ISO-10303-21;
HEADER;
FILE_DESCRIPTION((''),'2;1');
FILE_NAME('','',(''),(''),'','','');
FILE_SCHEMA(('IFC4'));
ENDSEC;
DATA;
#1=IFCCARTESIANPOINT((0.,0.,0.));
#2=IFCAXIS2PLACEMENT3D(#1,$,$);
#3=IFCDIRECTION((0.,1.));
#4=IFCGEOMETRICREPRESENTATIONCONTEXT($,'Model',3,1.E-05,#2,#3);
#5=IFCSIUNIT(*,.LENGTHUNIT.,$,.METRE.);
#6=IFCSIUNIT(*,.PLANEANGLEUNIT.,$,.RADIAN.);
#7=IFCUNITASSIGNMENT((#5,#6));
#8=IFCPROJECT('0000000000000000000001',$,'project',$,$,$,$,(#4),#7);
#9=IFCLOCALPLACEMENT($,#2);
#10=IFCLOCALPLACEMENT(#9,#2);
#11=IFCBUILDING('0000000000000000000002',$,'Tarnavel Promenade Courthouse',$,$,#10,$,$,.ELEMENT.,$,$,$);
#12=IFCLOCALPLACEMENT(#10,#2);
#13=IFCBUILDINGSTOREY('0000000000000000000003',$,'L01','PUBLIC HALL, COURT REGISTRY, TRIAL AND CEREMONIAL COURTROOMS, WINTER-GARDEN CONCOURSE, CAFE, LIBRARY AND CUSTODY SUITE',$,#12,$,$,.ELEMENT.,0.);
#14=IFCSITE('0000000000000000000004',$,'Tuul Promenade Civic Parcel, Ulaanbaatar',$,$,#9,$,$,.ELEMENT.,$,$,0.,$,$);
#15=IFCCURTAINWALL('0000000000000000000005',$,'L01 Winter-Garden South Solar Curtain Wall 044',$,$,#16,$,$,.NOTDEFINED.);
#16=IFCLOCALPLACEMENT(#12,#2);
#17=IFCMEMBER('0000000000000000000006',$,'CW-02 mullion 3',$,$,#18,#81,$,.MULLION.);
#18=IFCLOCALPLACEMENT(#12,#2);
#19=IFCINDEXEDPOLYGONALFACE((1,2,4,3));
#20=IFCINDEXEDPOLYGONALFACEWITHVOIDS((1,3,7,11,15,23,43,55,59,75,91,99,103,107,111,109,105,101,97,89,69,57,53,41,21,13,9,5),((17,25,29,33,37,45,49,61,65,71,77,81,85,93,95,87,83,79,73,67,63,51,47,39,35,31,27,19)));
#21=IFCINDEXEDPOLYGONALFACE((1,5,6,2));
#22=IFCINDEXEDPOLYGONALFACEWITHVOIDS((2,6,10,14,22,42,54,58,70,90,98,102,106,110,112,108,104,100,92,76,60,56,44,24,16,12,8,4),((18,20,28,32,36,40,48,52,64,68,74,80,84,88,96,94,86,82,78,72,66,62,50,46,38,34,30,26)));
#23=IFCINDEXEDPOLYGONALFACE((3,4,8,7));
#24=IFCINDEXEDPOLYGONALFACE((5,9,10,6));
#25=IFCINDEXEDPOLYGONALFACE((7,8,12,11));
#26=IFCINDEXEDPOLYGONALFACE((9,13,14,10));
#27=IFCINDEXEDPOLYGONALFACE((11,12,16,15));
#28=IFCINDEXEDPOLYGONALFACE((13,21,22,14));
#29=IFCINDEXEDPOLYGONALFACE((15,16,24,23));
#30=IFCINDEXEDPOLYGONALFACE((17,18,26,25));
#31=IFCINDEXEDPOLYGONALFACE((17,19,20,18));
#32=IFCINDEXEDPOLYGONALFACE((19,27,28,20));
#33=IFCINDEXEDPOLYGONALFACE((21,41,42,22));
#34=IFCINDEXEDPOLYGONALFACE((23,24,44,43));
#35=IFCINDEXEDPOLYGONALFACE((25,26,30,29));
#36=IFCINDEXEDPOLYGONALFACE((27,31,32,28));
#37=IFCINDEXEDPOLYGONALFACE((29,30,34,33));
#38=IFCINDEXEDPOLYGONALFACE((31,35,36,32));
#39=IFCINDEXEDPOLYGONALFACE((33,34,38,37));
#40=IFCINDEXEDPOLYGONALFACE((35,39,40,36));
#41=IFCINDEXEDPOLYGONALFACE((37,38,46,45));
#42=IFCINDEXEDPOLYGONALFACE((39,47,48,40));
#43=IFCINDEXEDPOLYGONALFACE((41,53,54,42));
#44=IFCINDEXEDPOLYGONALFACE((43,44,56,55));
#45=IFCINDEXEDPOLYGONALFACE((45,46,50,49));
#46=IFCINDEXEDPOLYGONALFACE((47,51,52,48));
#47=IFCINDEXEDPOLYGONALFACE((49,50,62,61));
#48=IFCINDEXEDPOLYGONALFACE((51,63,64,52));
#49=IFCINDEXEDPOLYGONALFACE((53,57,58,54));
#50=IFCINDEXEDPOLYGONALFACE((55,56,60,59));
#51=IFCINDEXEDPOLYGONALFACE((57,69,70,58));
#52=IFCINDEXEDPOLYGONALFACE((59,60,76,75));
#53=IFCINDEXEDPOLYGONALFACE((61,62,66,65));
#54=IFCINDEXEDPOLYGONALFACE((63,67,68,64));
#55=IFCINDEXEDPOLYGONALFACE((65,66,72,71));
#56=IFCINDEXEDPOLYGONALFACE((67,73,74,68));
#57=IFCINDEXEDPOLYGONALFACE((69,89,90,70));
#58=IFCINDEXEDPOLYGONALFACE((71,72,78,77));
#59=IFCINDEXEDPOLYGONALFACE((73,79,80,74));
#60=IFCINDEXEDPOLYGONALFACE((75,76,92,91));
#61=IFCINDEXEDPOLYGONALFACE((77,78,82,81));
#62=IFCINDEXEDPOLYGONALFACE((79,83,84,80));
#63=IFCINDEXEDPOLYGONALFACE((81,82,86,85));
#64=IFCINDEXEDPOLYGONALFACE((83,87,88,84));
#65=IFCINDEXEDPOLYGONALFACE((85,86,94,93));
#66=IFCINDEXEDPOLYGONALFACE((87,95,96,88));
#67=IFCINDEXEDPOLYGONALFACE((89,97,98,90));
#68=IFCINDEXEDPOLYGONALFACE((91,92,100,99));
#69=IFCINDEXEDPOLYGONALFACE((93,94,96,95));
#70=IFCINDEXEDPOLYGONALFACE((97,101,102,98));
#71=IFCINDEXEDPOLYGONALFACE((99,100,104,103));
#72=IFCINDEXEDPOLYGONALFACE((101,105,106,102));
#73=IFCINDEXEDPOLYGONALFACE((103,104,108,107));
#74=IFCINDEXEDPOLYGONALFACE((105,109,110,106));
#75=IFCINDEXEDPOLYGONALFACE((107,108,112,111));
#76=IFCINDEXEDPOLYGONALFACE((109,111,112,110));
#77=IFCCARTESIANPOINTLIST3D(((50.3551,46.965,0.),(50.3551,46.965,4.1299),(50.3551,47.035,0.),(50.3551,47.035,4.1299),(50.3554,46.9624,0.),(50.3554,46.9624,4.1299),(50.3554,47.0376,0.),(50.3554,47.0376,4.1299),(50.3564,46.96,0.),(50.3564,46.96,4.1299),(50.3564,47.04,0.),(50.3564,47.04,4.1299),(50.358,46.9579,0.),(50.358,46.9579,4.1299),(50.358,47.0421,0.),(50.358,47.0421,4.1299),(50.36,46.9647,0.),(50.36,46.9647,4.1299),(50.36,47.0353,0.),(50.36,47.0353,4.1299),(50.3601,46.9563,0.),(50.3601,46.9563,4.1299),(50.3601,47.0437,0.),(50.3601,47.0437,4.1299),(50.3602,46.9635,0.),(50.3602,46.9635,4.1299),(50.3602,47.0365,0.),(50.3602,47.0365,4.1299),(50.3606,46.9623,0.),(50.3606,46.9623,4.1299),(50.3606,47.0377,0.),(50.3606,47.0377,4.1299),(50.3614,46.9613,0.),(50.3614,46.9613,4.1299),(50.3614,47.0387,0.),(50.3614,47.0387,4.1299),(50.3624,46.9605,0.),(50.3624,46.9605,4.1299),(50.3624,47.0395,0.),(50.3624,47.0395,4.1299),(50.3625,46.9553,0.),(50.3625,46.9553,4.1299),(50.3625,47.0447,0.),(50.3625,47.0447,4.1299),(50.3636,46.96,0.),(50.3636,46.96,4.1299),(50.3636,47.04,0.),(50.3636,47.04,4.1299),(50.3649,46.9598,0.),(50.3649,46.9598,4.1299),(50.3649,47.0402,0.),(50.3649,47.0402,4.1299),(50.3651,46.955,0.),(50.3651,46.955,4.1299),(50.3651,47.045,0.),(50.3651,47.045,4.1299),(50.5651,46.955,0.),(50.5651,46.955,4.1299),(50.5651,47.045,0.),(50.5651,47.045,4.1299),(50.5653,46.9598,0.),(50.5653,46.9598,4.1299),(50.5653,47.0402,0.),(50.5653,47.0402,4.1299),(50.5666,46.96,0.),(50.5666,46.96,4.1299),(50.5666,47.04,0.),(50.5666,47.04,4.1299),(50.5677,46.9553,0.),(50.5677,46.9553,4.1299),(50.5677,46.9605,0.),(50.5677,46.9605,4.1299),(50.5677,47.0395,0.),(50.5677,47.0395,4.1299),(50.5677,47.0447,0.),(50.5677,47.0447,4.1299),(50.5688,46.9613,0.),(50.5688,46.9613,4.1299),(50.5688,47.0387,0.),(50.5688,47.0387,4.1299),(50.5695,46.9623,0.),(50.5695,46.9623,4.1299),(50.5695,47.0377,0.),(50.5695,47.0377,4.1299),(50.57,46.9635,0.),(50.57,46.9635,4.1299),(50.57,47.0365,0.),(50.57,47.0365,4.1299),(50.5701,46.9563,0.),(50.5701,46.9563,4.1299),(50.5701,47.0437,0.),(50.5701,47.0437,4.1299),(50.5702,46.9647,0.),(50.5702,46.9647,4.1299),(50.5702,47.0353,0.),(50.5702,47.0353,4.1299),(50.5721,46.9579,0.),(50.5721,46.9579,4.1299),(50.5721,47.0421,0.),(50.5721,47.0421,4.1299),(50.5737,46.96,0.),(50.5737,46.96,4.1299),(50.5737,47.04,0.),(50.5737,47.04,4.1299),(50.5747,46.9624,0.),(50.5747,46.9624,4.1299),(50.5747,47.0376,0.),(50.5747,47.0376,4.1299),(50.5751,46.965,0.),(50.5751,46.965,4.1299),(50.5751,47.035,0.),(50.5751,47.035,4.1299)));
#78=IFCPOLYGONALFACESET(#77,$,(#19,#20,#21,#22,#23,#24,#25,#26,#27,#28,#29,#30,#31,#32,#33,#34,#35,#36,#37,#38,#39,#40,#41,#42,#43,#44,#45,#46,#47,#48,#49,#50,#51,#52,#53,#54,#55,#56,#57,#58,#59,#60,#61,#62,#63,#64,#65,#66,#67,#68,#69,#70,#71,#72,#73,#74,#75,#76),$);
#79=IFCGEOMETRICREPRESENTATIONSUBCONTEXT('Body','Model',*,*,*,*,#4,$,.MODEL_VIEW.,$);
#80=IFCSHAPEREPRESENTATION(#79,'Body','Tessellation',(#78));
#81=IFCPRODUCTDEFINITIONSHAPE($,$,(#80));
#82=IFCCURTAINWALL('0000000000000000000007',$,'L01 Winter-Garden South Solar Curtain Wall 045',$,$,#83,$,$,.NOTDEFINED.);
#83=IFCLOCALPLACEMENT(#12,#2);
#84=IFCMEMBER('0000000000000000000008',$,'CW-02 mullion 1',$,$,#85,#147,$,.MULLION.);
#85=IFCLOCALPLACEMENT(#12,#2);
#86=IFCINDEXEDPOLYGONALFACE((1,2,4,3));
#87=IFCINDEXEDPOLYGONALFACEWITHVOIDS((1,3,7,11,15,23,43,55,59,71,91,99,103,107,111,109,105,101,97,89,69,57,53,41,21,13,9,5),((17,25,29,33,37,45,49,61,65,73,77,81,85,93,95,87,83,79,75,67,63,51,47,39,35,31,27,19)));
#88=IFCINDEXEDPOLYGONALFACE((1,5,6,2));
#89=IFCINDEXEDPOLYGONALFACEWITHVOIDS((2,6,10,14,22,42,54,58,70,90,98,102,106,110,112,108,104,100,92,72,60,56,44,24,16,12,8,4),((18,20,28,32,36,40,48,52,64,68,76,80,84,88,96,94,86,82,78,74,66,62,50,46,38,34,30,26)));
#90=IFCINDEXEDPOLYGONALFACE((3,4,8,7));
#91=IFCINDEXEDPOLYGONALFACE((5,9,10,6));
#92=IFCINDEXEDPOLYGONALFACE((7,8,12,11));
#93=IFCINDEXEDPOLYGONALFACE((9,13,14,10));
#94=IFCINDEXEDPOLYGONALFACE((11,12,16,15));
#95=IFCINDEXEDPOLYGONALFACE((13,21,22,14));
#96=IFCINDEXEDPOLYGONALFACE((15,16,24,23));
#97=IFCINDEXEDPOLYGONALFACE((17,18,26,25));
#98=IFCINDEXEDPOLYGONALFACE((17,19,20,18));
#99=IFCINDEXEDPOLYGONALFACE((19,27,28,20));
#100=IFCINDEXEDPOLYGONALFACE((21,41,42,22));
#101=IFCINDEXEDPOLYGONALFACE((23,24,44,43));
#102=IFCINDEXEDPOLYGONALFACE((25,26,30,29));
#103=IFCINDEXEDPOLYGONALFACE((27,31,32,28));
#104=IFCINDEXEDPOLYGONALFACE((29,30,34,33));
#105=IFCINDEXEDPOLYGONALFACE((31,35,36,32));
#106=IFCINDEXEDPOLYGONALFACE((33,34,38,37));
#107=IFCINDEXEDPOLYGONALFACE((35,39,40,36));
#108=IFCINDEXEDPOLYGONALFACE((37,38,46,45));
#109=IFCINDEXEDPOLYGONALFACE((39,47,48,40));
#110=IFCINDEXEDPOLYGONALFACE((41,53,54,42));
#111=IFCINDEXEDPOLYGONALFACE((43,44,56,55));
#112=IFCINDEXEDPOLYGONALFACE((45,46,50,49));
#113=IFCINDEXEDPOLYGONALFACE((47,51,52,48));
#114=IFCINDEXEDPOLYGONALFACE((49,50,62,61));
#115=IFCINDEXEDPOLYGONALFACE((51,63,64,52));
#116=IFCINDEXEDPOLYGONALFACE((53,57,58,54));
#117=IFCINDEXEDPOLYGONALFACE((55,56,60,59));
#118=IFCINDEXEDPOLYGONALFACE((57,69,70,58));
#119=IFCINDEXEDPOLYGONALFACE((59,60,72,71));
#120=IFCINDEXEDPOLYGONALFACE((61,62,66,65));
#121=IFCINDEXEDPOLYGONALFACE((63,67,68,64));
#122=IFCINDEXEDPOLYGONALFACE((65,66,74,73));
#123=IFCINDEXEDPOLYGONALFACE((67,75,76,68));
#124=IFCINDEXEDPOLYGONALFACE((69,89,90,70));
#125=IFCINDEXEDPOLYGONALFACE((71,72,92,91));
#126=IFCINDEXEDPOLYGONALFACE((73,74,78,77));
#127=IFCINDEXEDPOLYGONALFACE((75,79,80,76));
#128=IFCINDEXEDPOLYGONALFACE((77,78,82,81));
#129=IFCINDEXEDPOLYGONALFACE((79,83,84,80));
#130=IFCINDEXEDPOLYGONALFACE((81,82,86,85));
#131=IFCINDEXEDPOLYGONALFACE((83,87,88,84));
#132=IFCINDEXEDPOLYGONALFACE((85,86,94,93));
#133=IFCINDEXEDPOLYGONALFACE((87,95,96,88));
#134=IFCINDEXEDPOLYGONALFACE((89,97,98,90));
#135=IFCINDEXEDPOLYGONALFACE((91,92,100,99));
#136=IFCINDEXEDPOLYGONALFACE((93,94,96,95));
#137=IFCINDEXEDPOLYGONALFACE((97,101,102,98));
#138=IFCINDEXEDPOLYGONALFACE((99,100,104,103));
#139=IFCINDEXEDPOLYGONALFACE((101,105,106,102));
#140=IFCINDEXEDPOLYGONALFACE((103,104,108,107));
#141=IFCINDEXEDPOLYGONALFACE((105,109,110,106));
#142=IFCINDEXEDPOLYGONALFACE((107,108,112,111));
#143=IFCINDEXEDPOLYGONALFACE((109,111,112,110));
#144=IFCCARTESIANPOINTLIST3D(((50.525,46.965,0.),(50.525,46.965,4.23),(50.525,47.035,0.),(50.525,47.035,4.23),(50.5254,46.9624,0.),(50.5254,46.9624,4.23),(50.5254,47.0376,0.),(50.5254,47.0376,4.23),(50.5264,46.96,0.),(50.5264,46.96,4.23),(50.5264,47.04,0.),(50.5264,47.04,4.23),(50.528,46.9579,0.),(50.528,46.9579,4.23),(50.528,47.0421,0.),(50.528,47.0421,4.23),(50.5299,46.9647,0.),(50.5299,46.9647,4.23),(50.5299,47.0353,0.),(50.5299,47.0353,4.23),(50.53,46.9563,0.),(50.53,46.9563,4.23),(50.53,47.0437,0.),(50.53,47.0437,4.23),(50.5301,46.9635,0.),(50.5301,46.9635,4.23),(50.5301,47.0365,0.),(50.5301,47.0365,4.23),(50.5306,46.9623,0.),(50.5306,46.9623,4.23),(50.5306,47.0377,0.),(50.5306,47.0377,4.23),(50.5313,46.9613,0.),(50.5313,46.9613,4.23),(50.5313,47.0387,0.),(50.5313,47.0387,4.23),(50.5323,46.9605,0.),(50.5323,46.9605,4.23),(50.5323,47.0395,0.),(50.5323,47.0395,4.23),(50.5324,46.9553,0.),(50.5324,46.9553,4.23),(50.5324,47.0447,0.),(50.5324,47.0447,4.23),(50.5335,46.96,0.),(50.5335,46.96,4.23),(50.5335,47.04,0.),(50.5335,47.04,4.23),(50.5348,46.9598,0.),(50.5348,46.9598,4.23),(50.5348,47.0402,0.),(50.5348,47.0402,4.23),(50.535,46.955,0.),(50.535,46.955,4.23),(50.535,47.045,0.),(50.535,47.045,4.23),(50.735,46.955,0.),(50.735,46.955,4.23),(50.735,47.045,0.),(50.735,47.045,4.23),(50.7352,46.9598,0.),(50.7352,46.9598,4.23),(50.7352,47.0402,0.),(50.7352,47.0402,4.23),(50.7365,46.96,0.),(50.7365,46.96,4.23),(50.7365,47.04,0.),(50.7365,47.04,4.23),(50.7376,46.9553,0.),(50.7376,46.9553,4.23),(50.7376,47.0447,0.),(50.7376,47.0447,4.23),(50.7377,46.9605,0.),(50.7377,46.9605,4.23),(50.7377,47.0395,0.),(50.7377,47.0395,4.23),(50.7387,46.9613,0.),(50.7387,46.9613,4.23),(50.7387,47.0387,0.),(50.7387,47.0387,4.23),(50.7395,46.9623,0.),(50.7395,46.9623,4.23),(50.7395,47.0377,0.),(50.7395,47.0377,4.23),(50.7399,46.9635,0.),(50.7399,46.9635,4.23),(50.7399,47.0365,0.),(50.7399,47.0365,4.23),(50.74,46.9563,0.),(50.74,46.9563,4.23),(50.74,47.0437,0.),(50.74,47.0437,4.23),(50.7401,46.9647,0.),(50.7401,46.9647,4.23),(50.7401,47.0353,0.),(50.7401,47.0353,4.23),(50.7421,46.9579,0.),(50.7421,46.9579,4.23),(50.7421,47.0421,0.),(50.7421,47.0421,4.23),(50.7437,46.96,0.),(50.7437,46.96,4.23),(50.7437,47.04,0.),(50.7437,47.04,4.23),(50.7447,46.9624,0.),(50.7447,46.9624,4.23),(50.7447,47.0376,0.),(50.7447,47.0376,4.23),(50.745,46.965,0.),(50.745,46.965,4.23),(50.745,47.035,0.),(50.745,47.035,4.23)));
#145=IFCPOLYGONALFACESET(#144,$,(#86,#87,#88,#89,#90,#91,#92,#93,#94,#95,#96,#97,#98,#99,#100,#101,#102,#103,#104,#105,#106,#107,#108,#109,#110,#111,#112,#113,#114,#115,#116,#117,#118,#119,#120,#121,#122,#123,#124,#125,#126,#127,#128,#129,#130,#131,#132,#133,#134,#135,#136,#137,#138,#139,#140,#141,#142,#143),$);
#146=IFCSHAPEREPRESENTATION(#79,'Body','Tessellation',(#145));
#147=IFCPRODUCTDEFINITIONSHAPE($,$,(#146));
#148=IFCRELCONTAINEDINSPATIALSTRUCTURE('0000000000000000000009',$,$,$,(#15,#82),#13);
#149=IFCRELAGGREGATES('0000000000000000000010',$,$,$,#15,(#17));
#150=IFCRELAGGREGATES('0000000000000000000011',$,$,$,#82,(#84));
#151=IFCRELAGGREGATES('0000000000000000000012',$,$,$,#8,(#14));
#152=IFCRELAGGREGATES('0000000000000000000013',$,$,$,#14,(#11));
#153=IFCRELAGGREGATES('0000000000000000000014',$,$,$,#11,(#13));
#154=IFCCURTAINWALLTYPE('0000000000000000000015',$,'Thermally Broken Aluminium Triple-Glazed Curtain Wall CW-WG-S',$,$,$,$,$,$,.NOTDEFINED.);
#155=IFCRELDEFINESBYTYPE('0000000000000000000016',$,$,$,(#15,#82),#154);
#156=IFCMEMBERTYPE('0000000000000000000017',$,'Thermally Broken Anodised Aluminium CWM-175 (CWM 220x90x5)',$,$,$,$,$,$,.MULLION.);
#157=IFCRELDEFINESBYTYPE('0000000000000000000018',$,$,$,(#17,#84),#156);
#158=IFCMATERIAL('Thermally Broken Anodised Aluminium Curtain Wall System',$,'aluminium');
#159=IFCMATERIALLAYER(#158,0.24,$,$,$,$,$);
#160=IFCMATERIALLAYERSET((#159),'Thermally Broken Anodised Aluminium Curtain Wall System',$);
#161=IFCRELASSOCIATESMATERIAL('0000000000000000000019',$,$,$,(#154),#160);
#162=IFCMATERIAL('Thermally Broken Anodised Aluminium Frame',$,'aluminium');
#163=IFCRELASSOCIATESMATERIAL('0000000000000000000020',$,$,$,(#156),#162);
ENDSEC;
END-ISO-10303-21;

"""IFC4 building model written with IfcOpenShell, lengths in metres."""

from ifc_helpers import new_model, si_unit, direction, frame, origin, origin_2d, place, context, subcontext, project, spatial, hollow_rectangle, extrude, material, layer, layer_set, material_profile, profile_set, type_object, element, aggregate, save


model = new_model("IFC4")

# Units and contexts
model_context = context("Model", 3, precision=1e-05, world=origin(), true_north=direction((0.0, 1.0)))
body_context = subcontext(model_context, "Body", "Model", "MODEL_VIEW")
ifc_project = project(units=[si_unit("LENGTHUNIT", "METRE"), si_unit("PLANEANGLEUNIT", "RADIAN")], contexts=[model_context])

# Site, building, storey
site_placement = place(None, origin())
site = spatial("IfcSite", under=ifc_project, at=site_placement, Name="Tuul Promenade Civic Parcel, Ulaanbaatar", CompositionType="ELEMENT", RefElevation=0.0)
building_placement = place(site_placement, origin())
building = spatial("IfcBuilding", under=site, at=building_placement, Name="Tarnavel Promenade Courthouse", CompositionType="ELEMENT")
storey_placement = place(building_placement, origin())
storey = spatial("IfcBuildingStorey", under=building, at=storey_placement, Name="L01", Description="PUBLIC HALL, COURT REGISTRY, TRIAL AND CEREMONIAL COURTROOMS, WINTER-GARDEN CONCOURSE, CAFE, LIBRARY AND CUSTODY SUITE", CompositionType="ELEMENT", Elevation=0.0)

# Curtain walls, members
ifc_material_1 = material(Name="Thermally Broken Anodised Aluminium Curtain Wall System", Category="aluminium")
ifc_layer_1 = layer(ifc_material_1, 0.24)
ifc_layer_set_1 = layer_set([ifc_layer_1], Name="Thermally Broken Anodised Aluminium Curtain Wall System")
curtain_wall_type = type_object("IfcCurtainWallType", Name="Thermally Broken Aluminium Triple-Glazed Curtain Wall CW-WG-S", PredefinedType="NOTDEFINED", material=ifc_layer_set_1)
ifc_material_2 = material(Name="Thermally Broken Anodised Aluminium Frame", Category="aluminium")
ifc_material_profile_1 = material_profile(ifc_material_2, hollow_rectangle(XDim=0.0901, YDim=0.22, WallThickness=0.0049, InnerFilletRadius=0.0049, OuterFilletRadius=0.01, at=origin_2d()), Name="CWM 220x90x5")
ifc_profile_set_1 = profile_set([ifc_material_profile_1], Name="Thermally Broken Anodised Aluminium Frame")
member_type_1 = type_object("IfcMemberType", Name="Thermally Broken Anodised Aluminium CWM-175 (CWM 220x90x5)", PredefinedType="MULLION", material=ifc_profile_set_1)
curtain_wall_1_placement = place(storey_placement, origin())
curtain_wall_1 = element("IfcCurtainWall", 1, at=curtain_wall_1_placement, inside=storey, type_object=curtain_wall_type, Name="L01 Winter-Garden South Solar Curtain Wall 044", PredefinedType="NOTDEFINED")
member_1_placement = place(storey_placement, frame((50.4651, 47.0, 0.0), z_axis=(0.0, 0.0, 1.0), x_axis=(0.0, 1.0, 0.0)))
member_1 = element("IfcMember", 2, at=member_1_placement, type_object=member_type_1, Name="CW-02 mullion 3", PredefinedType="MULLION", context=body_context, shape_type="SweptSolid", body=[
    extrude(hollow_rectangle(XDim=0.0901, YDim=0.22, WallThickness=0.0049, InnerFilletRadius=0.0049, OuterFilletRadius=0.01, at=origin_2d()), origin(), (0.0, 0.0, 1.0), 4.1299),
])
curtain_wall_2_placement = place(storey_placement, origin())
curtain_wall_2 = element("IfcCurtainWall", 3, at=curtain_wall_2_placement, inside=storey, type_object=curtain_wall_type, Name="L01 Winter-Garden South Solar Curtain Wall 045", PredefinedType="NOTDEFINED")
member_2_placement = place(storey_placement, frame((50.635, 47.0, 0.0), z_axis=(0.0, 0.0, 1.0), x_axis=(0.0, 1.0, 0.0)))
member_2 = element("IfcMember", 4, at=member_2_placement, type_object=member_type_1, Name="CW-02 mullion 1", PredefinedType="MULLION", context=body_context, shape_type="SweptSolid", body=[
    extrude(hollow_rectangle(XDim=0.0901, YDim=0.22, WallThickness=0.0049, InnerFilletRadius=0.0049, OuterFilletRadius=0.01, at=origin_2d()), origin(), (0.0, 0.0, 1.0), 4.23),
])

aggregate(curtain_wall_1, [member_1])
aggregate(curtain_wall_2, [member_2])

save(model, "model.ifc")
